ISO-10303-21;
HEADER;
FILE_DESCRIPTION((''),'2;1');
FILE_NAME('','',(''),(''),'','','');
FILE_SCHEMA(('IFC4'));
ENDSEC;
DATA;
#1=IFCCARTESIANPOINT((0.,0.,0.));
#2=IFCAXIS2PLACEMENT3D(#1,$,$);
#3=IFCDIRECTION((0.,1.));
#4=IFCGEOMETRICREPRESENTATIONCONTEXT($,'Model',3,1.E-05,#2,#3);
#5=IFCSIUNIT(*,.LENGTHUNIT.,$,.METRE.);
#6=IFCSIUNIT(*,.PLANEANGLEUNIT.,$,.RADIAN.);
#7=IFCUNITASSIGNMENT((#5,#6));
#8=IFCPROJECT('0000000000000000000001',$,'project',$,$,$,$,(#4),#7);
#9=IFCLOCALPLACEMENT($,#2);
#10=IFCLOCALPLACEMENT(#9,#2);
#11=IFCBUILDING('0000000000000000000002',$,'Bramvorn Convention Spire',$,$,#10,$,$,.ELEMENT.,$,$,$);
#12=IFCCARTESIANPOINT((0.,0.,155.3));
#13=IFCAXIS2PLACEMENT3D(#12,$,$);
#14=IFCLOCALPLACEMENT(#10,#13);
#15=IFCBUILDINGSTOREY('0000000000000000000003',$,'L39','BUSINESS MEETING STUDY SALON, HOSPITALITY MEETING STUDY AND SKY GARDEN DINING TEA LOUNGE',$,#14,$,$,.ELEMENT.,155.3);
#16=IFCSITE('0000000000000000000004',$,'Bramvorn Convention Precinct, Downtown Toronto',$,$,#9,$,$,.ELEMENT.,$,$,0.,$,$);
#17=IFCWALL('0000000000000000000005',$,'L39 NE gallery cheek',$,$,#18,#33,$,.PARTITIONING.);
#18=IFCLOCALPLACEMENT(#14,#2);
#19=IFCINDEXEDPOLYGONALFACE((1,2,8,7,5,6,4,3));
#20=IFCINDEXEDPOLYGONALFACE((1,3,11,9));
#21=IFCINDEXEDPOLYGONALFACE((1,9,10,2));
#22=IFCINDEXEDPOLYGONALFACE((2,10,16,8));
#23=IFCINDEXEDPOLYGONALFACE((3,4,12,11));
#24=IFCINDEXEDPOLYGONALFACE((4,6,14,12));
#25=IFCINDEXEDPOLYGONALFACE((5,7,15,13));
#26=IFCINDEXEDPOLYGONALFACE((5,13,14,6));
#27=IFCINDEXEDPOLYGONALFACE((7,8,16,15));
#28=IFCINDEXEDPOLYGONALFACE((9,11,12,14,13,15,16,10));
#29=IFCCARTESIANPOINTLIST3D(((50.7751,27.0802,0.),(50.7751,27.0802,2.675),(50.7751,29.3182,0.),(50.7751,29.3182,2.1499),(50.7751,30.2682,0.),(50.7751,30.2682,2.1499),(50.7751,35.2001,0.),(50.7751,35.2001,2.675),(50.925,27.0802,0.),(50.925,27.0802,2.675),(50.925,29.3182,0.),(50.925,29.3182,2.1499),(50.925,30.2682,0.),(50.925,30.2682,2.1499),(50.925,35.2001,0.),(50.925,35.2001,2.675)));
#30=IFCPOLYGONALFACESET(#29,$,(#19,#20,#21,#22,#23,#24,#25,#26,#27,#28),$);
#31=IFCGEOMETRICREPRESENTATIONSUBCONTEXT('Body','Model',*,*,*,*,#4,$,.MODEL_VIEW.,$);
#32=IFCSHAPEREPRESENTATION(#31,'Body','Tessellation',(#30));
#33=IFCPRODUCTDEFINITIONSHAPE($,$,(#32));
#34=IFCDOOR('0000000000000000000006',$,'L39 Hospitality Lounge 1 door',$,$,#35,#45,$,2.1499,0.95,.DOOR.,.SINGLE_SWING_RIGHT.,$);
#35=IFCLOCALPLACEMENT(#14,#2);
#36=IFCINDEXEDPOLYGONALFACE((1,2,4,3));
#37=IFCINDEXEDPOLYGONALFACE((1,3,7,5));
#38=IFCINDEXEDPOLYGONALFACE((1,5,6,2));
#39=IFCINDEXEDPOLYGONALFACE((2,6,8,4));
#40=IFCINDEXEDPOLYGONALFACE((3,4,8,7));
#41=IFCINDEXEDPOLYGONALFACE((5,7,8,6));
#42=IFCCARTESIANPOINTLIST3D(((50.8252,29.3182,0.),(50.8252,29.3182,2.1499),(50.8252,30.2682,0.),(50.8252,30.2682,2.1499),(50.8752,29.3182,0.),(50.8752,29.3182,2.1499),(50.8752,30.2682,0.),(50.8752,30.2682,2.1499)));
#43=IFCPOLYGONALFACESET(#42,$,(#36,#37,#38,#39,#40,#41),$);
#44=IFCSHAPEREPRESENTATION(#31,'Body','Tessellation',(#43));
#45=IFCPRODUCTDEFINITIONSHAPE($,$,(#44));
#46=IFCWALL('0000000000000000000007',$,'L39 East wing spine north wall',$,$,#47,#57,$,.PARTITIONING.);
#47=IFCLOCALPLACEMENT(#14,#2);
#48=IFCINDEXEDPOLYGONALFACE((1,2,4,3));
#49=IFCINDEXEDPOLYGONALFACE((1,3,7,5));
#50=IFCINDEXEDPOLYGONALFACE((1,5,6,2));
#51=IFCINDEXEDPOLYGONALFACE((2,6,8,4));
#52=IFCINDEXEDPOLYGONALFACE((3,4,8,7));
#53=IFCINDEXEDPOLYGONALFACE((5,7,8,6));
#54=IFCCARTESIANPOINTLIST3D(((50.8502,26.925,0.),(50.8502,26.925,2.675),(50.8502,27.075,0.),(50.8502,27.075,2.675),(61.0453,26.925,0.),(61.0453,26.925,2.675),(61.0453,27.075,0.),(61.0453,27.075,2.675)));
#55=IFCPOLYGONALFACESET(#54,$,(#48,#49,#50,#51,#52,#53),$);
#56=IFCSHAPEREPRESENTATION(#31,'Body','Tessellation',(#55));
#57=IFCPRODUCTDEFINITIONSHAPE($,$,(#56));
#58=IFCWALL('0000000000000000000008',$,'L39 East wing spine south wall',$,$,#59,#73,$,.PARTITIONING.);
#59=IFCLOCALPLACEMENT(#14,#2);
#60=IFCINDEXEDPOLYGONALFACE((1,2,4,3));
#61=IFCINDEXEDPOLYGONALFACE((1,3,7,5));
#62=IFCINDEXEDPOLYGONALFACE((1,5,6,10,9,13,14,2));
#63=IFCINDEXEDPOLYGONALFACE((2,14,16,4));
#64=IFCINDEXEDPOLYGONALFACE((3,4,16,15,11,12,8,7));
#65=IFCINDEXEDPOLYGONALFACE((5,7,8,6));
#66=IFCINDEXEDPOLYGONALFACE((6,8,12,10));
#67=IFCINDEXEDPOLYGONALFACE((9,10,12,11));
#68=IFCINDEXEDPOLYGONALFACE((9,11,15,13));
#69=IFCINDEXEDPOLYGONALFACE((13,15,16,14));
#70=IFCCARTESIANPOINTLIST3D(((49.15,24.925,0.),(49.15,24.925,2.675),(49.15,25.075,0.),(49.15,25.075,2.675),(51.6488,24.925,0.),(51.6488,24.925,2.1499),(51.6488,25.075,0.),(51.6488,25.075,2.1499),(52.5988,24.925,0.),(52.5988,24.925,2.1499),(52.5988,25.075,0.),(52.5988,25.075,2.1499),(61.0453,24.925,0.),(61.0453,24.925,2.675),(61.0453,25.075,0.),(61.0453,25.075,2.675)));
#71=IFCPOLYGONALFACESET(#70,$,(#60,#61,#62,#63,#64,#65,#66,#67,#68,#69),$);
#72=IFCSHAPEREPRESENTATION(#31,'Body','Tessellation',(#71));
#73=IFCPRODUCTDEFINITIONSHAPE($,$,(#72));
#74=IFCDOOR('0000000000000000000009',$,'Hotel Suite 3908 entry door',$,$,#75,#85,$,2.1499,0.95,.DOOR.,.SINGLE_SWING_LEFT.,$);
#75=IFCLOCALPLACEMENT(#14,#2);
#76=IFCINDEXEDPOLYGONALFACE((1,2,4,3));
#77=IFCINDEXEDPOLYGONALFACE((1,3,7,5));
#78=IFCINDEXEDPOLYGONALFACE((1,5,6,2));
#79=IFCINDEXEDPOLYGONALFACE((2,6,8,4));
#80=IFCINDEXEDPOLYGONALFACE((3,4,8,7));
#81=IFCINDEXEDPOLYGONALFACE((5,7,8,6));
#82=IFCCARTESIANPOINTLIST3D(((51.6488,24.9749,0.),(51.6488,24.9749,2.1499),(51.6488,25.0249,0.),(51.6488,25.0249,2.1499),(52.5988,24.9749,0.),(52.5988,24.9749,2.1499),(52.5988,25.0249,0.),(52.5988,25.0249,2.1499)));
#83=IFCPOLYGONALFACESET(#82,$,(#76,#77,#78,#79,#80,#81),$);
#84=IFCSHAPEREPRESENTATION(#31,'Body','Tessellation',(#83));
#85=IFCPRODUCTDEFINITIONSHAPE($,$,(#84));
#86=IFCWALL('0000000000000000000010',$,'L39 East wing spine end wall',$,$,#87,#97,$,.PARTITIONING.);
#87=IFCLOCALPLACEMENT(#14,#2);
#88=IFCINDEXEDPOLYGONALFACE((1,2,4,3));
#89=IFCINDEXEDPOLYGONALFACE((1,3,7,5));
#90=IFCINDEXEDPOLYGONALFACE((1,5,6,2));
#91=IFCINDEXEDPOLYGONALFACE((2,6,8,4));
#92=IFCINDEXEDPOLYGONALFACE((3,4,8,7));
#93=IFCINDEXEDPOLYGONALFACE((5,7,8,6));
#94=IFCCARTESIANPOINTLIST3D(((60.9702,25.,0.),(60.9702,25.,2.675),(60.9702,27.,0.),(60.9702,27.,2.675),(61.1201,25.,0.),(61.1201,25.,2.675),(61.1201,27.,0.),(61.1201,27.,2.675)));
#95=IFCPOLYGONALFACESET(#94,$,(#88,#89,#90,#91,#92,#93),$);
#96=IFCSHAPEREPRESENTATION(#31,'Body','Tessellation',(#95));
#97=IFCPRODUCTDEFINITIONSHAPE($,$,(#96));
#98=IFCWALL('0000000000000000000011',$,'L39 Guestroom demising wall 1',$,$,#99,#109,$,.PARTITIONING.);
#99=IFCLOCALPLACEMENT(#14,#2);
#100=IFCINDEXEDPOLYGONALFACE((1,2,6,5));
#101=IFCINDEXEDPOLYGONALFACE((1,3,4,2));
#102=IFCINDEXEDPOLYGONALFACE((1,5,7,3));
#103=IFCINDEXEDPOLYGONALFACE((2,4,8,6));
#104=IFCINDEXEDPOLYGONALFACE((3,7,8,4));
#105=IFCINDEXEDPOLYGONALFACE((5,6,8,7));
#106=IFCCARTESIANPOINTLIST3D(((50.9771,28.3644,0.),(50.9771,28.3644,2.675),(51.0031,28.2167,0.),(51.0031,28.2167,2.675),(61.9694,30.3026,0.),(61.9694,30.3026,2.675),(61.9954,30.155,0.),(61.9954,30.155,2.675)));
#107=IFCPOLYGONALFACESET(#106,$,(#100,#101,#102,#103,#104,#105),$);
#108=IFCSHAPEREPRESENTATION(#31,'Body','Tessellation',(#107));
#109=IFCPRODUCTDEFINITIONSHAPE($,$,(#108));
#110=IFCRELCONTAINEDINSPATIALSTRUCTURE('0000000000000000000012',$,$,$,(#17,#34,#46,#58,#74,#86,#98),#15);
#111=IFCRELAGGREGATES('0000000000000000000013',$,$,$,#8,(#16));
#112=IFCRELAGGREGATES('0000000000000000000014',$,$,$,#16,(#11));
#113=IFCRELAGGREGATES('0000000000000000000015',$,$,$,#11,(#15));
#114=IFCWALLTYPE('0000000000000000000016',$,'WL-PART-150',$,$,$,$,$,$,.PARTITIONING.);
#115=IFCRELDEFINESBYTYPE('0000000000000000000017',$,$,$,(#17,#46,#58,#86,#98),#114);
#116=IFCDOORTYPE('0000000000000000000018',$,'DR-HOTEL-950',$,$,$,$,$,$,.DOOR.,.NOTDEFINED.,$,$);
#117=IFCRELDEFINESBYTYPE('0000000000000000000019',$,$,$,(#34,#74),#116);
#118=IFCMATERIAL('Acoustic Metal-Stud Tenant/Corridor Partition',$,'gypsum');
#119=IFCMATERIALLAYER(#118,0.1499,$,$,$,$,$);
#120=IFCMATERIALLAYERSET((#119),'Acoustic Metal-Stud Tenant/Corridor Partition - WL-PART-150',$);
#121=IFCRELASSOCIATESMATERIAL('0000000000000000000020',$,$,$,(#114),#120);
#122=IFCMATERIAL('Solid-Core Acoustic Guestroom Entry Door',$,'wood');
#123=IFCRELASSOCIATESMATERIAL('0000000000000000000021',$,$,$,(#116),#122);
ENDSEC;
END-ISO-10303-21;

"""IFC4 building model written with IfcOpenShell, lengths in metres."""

from ifc_helpers import new_model, si_unit, direction, frame, frame_2d, origin, place, context, subcontext, project, spatial, rectangle, extrude, material, layer, layer_set, type_object, element, fill, save


model = new_model("IFC4")

# Units and contexts
model_context = context("Model", 3, precision=1e-05, world=origin(), true_north=direction((0.0, 1.0)))
body_context = subcontext(model_context, "Body", "Model", "MODEL_VIEW")
ifc_project = project(units=[si_unit("LENGTHUNIT", "METRE"), si_unit("PLANEANGLEUNIT", "RADIAN")], contexts=[model_context])

# Site, building, storey
site_placement = place(None, origin())
site = spatial("IfcSite", under=ifc_project, at=site_placement, Name="Bramvorn Convention Precinct, Downtown Toronto", CompositionType="ELEMENT", RefElevation=0.0)
building_placement = place(site_placement, origin())
building = spatial("IfcBuilding", under=site, at=building_placement, Name="Bramvorn Convention Spire", CompositionType="ELEMENT")
storey_placement = place(building_placement, frame((0.0, 0.0, 155.3)))
storey = spatial("IfcBuildingStorey", under=building, at=storey_placement, Name="L39", Description="BUSINESS MEETING STUDY SALON, HOSPITALITY MEETING STUDY AND SKY GARDEN DINING TEA LOUNGE", CompositionType="ELEMENT", Elevation=155.3)

# Wall, opening, door
ifc_material_1 = material(Name="Acoustic Metal-Stud Tenant/Corridor Partition", Category="gypsum")
ifc_layer_1 = layer(ifc_material_1, 0.1499)
ifc_layer_set_1 = layer_set([ifc_layer_1], Name="Acoustic Metal-Stud Tenant/Corridor Partition - WL-PART-150")
wall_type_1 = type_object("IfcWallType", Name="WL-PART-150", PredefinedType="PARTITIONING", material=ifc_layer_set_1)
wall_1_placement = place(storey_placement, frame((50.8501, 27.0801, 0.0), z_axis=(0.0, 0.0, 1.0), x_axis=(0.0, 1.0, 0.0)))
wall_1 = element("IfcWall", 1, at=wall_1_placement, inside=storey, type_object=wall_type_1, Name="L39 NE gallery cheek", PredefinedType="PARTITIONING", context=body_context, shape_type="SweptSolid", body=[
    extrude(rectangle(XDim=8.1199, YDim=0.1499, at=frame_2d((4.0601, 0.0))), origin(), (0.0, 0.0, 1.0), 2.675),
])
opening_1_placement = place(wall_1_placement, frame((2.238, 0.0, 0.0)))
opening_1 = element("IfcOpeningElement", 2, at=opening_1_placement, cuts=wall_1, PredefinedType="OPENING", context=body_context, shape_type="SweptSolid", body=[
    extrude(rectangle(XDim=0.95, YDim=2.1499, at=frame_2d((0.4751, 1.075))), frame((0.0, 0.085, 0.0), z_axis=(0.0, -1.0, 0.0), x_axis=(1.0, 0.0, 0.0)), (0.0, 0.0, 1.0), 0.1699),
])
ifc_material_2 = material(Name="Solid-Core Acoustic Guestroom Entry Door", Category="wood")
door_type = type_object("IfcDoorType", Name="DR-HOTEL-950", OperationType="NOTDEFINED", PredefinedType="DOOR", material=ifc_material_2)
door_1_placement = place(opening_1_placement, origin())
door_1 = element("IfcDoor", 3, at=door_1_placement, inside=storey, type_object=door_type, Name="L39 Hospitality Lounge 1 door", OperationType="SINGLE_SWING_RIGHT", OverallHeight=2.1499, OverallWidth=0.95, PredefinedType="DOOR", context=body_context, shape_type="SweptSolid", body=[
    extrude(rectangle(XDim=0.95, YDim=2.1499, at=frame_2d((0.4751, 1.075))), frame((0.0, 0.0249, 0.0), z_axis=(0.0, -1.0, 0.0), x_axis=(1.0, 0.0, 0.0)), (0.0, 0.0, 1.0), 0.05),
])
fill(opening_1, door_1)

# Wall
wall_2_placement = place(storey_placement, frame((50.8501, 27.0, 0.0), z_axis=(0.0, 0.0, 1.0), x_axis=(1.0, 0.0, 0.0)))
element("IfcWall", 4, at=wall_2_placement, inside=storey, type_object=wall_type_1, Name="L39 East wing spine north wall", PredefinedType="PARTITIONING", context=body_context, shape_type="SweptSolid", body=[
    extrude(rectangle(XDim=10.1951, YDim=0.1499, at=frame_2d((5.0977, 0.0))), origin(), (0.0, 0.0, 1.0), 2.675),
])

# Wall, opening, door
wall_3_placement = place(storey_placement, frame((49.1499, 25.0, 0.0), z_axis=(0.0, 0.0, 1.0), x_axis=(1.0, 0.0, 0.0)))
wall_3 = element("IfcWall", 5, at=wall_3_placement, inside=storey, type_object=wall_type_1, Name="L39 East wing spine south wall", PredefinedType="PARTITIONING", context=body_context, shape_type="SweptSolid", body=[
    extrude(rectangle(XDim=11.8953, YDim=0.1499, at=frame_2d((5.9478, 0.0))), origin(), (0.0, 0.0, 1.0), 2.675),
])
opening_2_placement = place(wall_3_placement, frame((2.4988, 0.0, 0.0)))
opening_2 = element("IfcOpeningElement", 6, at=opening_2_placement, cuts=wall_3, PredefinedType="OPENING", context=body_context, shape_type="SweptSolid", body=[
    extrude(rectangle(XDim=0.95, YDim=2.1499, at=frame_2d((0.4751, 1.075))), frame((0.0, 0.085, 0.0), z_axis=(0.0, -1.0, 0.0), x_axis=(1.0, 0.0, 0.0)), (0.0, 0.0, 1.0), 0.1699),
])
door_2_placement = place(opening_2_placement, origin())
door_2 = element("IfcDoor", 7, at=door_2_placement, inside=storey, type_object=door_type, Name="Hotel Suite 3908 entry door", OperationType="SINGLE_SWING_LEFT", OverallHeight=2.1499, OverallWidth=0.95, PredefinedType="DOOR", context=body_context, shape_type="SweptSolid", body=[
    extrude(rectangle(XDim=0.95, YDim=2.1499, at=frame_2d((0.4751, 1.075))), frame((0.0, 0.0249, 0.0), z_axis=(0.0, -1.0, 0.0), x_axis=(1.0, 0.0, 0.0)), (0.0, 0.0, 1.0), 0.05),
])
fill(opening_2, door_2)

# Walls
wall_4_placement = place(storey_placement, frame((61.0452, 25.0, 0.0), z_axis=(0.0, 0.0, 1.0), x_axis=(0.0, 1.0, 0.0)))
element("IfcWall", 8, at=wall_4_placement, inside=storey, type_object=wall_type_1, Name="L39 East wing spine end wall", PredefinedType="PARTITIONING", context=body_context, shape_type="SweptSolid", body=[
    extrude(rectangle(XDim=2.0, YDim=0.1499, at=frame_2d((1.0, 0.0))), origin(), (0.0, 0.0, 1.0), 2.675),
])
wall_5_placement = place(storey_placement, frame((50.99, 28.2905, 0.0), z_axis=(0.0, 0.0, 1.0), x_axis=(0.984808, 0.173649, 0.0)))
element("IfcWall", 9, at=wall_5_placement, inside=storey, type_object=wall_type_1, Name="L39 Guestroom demising wall 1", PredefinedType="PARTITIONING", context=body_context, shape_type="SweptSolid", body=[
    extrude(rectangle(XDim=11.1619, YDim=0.1499, at=frame_2d((5.5811, 0.0))), origin(), (0.0, 0.0, 1.0), 2.675),
])

save(model, "model.ifc")
